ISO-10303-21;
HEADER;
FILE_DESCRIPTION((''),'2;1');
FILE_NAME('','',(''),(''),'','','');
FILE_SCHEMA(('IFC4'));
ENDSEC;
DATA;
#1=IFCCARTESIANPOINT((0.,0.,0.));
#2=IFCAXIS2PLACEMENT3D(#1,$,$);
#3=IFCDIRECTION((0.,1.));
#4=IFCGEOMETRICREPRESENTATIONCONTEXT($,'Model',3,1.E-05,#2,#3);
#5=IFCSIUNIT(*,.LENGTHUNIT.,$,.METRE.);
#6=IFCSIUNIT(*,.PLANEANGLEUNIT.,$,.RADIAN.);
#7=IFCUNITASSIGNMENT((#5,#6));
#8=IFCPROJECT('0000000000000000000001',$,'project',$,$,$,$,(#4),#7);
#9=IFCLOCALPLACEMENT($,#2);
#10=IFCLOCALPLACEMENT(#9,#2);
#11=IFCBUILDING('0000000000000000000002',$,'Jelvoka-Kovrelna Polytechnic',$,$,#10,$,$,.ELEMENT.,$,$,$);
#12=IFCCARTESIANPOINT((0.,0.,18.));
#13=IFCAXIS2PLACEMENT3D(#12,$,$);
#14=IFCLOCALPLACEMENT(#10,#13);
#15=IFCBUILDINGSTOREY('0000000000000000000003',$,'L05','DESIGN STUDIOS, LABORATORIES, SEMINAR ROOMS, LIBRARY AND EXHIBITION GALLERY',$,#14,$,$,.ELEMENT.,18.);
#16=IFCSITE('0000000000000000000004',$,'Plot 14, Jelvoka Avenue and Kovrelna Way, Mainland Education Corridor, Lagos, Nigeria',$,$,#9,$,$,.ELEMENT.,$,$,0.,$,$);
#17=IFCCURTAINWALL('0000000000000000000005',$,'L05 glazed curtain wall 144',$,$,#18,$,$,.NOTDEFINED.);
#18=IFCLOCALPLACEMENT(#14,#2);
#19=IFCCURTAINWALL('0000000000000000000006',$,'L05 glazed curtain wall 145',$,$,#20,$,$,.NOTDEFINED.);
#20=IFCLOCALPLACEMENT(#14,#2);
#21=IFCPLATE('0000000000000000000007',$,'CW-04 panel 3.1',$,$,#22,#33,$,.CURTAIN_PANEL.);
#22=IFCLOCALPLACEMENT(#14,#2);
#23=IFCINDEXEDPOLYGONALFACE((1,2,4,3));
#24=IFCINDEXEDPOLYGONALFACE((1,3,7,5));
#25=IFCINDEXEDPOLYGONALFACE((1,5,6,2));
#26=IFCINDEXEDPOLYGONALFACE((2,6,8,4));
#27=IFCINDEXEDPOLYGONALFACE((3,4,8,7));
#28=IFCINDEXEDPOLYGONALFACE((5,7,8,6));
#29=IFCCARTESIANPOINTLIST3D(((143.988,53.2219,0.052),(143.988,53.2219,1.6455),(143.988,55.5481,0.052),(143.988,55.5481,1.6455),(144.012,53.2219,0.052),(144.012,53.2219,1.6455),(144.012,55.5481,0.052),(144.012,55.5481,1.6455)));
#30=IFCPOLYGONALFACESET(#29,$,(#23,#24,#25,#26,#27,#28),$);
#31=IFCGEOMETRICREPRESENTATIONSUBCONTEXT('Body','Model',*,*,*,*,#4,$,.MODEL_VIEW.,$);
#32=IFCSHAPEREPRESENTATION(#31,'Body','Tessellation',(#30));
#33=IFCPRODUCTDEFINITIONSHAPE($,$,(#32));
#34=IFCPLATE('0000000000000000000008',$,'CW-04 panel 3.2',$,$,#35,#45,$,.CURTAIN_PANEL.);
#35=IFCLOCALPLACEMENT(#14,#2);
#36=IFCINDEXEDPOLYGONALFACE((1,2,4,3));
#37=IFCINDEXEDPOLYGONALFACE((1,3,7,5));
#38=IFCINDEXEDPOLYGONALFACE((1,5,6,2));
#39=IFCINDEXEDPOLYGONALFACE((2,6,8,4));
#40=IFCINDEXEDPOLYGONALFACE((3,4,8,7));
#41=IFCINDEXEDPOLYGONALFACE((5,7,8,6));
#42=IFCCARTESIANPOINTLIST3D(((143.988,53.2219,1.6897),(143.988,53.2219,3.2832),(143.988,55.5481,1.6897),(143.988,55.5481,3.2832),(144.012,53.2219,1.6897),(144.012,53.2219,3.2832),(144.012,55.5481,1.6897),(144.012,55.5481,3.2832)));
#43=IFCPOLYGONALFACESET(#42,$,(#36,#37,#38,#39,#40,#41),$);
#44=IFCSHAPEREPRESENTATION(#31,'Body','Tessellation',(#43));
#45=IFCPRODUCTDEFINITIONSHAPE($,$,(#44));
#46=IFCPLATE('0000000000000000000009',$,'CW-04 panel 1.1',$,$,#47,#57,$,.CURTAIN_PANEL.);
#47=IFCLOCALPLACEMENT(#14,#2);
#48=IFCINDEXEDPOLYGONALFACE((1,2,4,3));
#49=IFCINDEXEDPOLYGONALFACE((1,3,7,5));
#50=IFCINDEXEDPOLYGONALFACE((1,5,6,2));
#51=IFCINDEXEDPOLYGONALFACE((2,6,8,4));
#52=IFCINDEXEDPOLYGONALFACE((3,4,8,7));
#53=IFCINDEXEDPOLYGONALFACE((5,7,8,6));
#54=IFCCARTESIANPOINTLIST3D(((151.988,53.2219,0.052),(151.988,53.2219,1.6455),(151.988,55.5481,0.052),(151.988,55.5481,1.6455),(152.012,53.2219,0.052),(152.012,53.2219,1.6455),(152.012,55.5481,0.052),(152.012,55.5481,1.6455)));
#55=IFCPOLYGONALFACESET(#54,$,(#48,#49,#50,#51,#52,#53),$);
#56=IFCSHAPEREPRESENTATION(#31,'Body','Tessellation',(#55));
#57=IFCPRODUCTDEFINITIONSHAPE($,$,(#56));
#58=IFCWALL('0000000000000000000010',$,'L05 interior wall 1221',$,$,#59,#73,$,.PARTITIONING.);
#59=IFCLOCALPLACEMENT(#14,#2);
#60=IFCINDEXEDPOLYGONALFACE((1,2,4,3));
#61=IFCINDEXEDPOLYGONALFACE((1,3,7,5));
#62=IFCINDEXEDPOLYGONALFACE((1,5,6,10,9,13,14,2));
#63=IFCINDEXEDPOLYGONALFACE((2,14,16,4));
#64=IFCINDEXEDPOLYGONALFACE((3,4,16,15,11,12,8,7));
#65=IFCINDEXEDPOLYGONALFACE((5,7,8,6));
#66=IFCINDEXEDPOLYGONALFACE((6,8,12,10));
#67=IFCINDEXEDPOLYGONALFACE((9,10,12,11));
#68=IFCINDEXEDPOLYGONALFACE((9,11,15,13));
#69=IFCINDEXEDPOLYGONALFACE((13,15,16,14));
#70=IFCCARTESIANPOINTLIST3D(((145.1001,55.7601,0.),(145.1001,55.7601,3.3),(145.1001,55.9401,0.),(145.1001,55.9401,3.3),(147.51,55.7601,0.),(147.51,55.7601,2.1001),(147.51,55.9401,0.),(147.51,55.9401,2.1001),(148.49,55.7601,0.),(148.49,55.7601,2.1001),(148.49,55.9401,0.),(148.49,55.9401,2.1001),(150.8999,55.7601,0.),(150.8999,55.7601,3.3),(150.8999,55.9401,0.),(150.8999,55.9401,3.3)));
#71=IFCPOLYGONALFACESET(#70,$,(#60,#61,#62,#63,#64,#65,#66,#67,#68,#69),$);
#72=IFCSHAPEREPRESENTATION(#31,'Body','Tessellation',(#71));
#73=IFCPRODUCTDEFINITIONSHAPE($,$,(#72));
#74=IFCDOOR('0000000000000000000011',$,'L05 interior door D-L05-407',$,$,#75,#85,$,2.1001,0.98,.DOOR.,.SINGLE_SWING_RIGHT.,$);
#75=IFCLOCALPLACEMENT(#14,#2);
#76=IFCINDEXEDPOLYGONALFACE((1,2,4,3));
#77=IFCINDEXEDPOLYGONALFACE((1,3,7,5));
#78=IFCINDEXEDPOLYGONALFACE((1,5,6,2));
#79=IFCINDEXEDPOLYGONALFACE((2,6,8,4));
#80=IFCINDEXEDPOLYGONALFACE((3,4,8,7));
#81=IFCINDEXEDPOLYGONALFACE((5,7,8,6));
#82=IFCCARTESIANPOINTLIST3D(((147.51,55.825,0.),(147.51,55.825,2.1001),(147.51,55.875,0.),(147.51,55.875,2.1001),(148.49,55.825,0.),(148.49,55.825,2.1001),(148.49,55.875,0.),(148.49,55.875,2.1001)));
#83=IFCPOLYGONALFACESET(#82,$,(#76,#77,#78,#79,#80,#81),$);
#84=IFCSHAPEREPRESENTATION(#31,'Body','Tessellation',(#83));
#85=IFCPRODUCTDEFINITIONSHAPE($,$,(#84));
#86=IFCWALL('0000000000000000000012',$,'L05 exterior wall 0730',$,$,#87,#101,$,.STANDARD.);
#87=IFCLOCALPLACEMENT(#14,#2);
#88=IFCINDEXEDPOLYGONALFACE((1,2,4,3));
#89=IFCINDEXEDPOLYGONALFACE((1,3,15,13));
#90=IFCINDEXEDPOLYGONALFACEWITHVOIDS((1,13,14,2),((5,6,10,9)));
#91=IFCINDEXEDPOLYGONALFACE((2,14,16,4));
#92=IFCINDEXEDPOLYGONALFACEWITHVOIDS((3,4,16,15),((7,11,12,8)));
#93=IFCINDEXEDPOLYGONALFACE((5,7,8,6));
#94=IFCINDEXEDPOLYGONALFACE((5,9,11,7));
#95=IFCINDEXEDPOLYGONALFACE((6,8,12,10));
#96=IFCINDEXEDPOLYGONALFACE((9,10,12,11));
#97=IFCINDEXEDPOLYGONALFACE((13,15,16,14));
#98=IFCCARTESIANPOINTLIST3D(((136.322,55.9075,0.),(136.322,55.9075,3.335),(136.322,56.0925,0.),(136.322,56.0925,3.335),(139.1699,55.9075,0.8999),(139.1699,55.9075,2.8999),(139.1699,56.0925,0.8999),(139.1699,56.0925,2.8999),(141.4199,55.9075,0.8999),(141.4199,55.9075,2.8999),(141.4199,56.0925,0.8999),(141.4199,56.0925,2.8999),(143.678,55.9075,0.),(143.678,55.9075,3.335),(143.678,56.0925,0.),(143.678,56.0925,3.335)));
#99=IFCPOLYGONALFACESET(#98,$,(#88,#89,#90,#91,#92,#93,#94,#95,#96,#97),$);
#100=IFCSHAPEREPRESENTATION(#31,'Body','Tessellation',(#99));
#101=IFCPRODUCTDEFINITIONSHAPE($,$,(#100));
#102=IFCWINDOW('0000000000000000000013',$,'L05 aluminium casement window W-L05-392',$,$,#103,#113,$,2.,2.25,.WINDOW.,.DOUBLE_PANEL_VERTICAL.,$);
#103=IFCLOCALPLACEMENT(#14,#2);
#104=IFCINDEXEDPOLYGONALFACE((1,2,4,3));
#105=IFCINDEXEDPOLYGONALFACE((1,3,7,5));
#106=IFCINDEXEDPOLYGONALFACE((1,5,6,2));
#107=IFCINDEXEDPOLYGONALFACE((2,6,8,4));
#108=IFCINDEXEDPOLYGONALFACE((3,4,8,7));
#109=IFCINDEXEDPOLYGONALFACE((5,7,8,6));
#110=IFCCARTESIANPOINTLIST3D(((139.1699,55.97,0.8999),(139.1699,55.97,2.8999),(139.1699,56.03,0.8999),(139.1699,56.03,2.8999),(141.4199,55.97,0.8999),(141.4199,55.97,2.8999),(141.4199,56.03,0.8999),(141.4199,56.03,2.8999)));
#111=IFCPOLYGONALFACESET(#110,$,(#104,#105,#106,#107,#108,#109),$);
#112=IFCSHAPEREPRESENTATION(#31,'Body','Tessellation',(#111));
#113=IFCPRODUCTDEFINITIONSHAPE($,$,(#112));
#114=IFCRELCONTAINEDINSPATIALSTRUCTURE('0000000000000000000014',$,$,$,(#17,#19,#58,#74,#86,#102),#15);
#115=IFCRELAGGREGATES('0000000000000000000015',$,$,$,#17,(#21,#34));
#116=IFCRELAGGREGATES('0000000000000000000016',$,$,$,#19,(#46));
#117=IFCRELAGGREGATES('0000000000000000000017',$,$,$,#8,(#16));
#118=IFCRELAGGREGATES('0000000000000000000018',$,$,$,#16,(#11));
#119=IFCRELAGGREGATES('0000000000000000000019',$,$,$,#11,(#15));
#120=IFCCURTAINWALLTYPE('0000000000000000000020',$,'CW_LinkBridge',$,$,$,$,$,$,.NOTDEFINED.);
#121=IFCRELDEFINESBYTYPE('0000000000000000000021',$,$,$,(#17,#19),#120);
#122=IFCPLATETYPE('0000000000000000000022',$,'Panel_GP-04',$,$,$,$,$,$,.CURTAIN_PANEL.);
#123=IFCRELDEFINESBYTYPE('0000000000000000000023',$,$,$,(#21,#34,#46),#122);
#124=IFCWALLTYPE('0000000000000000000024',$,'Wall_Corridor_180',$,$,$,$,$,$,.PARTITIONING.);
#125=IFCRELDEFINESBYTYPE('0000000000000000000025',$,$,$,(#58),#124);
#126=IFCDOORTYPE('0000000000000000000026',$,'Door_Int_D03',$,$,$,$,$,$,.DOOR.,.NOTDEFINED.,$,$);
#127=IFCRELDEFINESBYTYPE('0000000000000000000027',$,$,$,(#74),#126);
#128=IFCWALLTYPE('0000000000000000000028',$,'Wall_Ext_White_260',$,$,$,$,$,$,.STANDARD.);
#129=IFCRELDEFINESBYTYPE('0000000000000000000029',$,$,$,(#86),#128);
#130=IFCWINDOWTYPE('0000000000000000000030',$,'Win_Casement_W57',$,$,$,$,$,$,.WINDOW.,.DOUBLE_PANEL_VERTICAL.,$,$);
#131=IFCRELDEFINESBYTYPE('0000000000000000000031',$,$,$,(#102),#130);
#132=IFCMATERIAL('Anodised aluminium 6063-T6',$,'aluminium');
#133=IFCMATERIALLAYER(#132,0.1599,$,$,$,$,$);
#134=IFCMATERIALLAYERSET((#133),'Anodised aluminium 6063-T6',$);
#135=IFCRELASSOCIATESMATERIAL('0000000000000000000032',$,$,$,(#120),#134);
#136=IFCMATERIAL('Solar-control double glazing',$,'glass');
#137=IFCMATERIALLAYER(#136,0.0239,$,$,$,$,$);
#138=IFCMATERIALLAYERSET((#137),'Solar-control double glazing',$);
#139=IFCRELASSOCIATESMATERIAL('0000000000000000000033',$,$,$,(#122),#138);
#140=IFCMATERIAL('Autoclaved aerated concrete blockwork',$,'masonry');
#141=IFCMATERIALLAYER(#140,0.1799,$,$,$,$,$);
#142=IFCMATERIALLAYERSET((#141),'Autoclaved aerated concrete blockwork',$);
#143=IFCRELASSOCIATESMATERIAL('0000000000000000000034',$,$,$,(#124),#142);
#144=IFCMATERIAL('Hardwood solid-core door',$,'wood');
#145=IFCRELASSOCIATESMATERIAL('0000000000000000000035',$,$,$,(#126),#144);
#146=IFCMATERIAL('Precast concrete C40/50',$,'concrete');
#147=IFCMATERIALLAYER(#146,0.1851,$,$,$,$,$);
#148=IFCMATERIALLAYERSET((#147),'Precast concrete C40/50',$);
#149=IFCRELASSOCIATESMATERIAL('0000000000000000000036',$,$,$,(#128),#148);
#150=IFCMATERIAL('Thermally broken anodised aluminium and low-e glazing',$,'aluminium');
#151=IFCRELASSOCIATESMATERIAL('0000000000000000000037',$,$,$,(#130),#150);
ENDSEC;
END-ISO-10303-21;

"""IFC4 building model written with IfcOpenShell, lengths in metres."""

from ifc_helpers import new_model, si_unit, direction, frame, frame_2d, origin, origin_2d, place, context, subcontext, project, spatial, rectangle, extrude, material, layer, layer_set, type_object, element, fill, aggregate, save


model = new_model("IFC4")

# Units and contexts
model_context = context("Model", 3, precision=1e-05, world=origin(), true_north=direction((0.0, 1.0)))
body_context = subcontext(model_context, "Body", "Model", "MODEL_VIEW")
ifc_project = project(units=[si_unit("LENGTHUNIT", "METRE"), si_unit("PLANEANGLEUNIT", "RADIAN")], contexts=[model_context])

# Site, building, storey
site_placement = place(None, origin())
site = spatial("IfcSite", under=ifc_project, at=site_placement, Name="Plot 14, Jelvoka Avenue and Kovrelna Way, Mainland Education Corridor, Lagos, Nigeria", CompositionType="ELEMENT", RefElevation=0.0)
building_placement = place(site_placement, origin())
building = spatial("IfcBuilding", under=site, at=building_placement, Name="Jelvoka-Kovrelna Polytechnic", CompositionType="ELEMENT")
storey_placement = place(building_placement, frame((0.0, 0.0, 18.0)))
storey = spatial("IfcBuildingStorey", under=building, at=storey_placement, Name="L05", Description="DESIGN STUDIOS, LABORATORIES, SEMINAR ROOMS, LIBRARY AND EXHIBITION GALLERY", CompositionType="ELEMENT", Elevation=18.0)

# Curtain walls
ifc_material_1 = material(Name="Anodised aluminium 6063-T6", Category="aluminium")
ifc_layer_1 = layer(ifc_material_1, 0.1599)
ifc_layer_set_1 = layer_set([ifc_layer_1], Name="Anodised aluminium 6063-T6")
curtain_wall_type = type_object("IfcCurtainWallType", Name="CW_LinkBridge", PredefinedType="NOTDEFINED", material=ifc_layer_set_1)
curtain_wall_1_placement = place(storey_placement, origin())
curtain_wall_1 = element("IfcCurtainWall", 1, at=curtain_wall_1_placement, inside=storey, type_object=curtain_wall_type, Name="L05 glazed curtain wall 144", PredefinedType="NOTDEFINED")
curtain_wall_2_placement = place(storey_placement, origin())
curtain_wall_2 = element("IfcCurtainWall", 2, at=curtain_wall_2_placement, inside=storey, type_object=curtain_wall_type, Name="L05 glazed curtain wall 145", PredefinedType="NOTDEFINED")

# Plates
ifc_material_2 = material(Name="Solar-control double glazing", Category="glass")
ifc_layer_2 = layer(ifc_material_2, 0.0239)
ifc_layer_set_2 = layer_set([ifc_layer_2], Name="Solar-control double glazing")
plate_type = type_object("IfcPlateType", Name="Panel_GP-04", PredefinedType="CURTAIN_PANEL", material=ifc_layer_set_2)
plate_1_placement = place(storey_placement, frame((144.0, 54.385, 0.052), z_axis=(0.0, 0.0, 1.0), x_axis=(0.0, 1.0, 0.0)))
plate_1 = element("IfcPlate", 3, at=plate_1_placement, type_object=plate_type, Name="CW-04 panel 3.1", PredefinedType="CURTAIN_PANEL", context=body_context, shape_type="SweptSolid", body=[
    extrude(rectangle(XDim=2.3262, YDim=0.0239, at=origin_2d()), origin(), (0.0, 0.0, 1.0), 1.5935),
])
plate_2_placement = place(storey_placement, frame((144.0, 54.385, 1.6897), z_axis=(0.0, 0.0, 1.0), x_axis=(0.0, 1.0, 0.0)))
plate_2 = element("IfcPlate", 4, at=plate_2_placement, type_object=plate_type, Name="CW-04 panel 3.2", PredefinedType="CURTAIN_PANEL", context=body_context, shape_type="SweptSolid", body=[
    extrude(rectangle(XDim=2.3262, YDim=0.0239, at=origin_2d()), origin(), (0.0, 0.0, 1.0), 1.5935),
])
aggregate(curtain_wall_1, [plate_1, plate_2])
plate_3_placement = place(storey_placement, frame((152.0, 54.385, 0.052), z_axis=(0.0, 0.0, 1.0), x_axis=(0.0, -1.0, 0.0)))
plate_3 = element("IfcPlate", 5, at=plate_3_placement, type_object=plate_type, Name="CW-04 panel 1.1", PredefinedType="CURTAIN_PANEL", context=body_context, shape_type="SweptSolid", body=[
    extrude(rectangle(XDim=2.3262, YDim=0.0239, at=origin_2d()), origin(), (0.0, 0.0, 1.0), 1.5935),
])
aggregate(curtain_wall_2, [plate_3])

# Wall, opening, door
ifc_material_3 = material(Name="Autoclaved aerated concrete blockwork", Category="masonry")
ifc_layer_3 = layer(ifc_material_3, 0.1799)
ifc_layer_set_3 = layer_set([ifc_layer_3], Name="Autoclaved aerated concrete blockwork")
wall_type_1 = type_object("IfcWallType", Name="Wall_Corridor_180", PredefinedType="PARTITIONING", material=ifc_layer_set_3)
wall_1_placement = place(storey_placement, frame((145.1001, 55.8501, 0.0), z_axis=(0.0, 0.0, 1.0), x_axis=(1.0, 0.0, 0.0)))
wall_1 = element("IfcWall", 6, at=wall_1_placement, inside=storey, type_object=wall_type_1, Name="L05 interior wall 1221", PredefinedType="PARTITIONING", context=body_context, shape_type="SweptSolid", body=[
    extrude(rectangle(XDim=5.7998, YDim=0.1799, at=frame_2d((2.8999, 0.0))), origin(), (0.0, 0.0, 1.0), 3.3),
])
opening_1_placement = place(wall_1_placement, frame((2.4099, 0.0, 0.0)))
opening_1 = element("IfcOpeningElement", 7, at=opening_1_placement, cuts=wall_1, PredefinedType="OPENING", context=body_context, shape_type="SweptSolid", body=[
    extrude(rectangle(XDim=0.98, YDim=2.1001, at=frame_2d((0.49, 1.05))), frame((0.0, 0.0999, 0.0), z_axis=(0.0, -1.0, 0.0), x_axis=(1.0, 0.0, 0.0)), (0.0, 0.0, 1.0), 0.2),
])
ifc_material_4 = material(Name="Hardwood solid-core door", Category="wood")
door_type = type_object("IfcDoorType", Name="Door_Int_D03", OperationType="NOTDEFINED", PredefinedType="DOOR", material=ifc_material_4)
door_placement = place(opening_1_placement, origin())
door = element("IfcDoor", 8, at=door_placement, inside=storey, type_object=door_type, Name="L05 interior door D-L05-407", OperationType="SINGLE_SWING_RIGHT", OverallHeight=2.1001, OverallWidth=0.98, PredefinedType="DOOR", context=body_context, shape_type="SweptSolid", body=[
    extrude(rectangle(XDim=0.98, YDim=2.1001, at=frame_2d((0.49, 1.05))), frame((0.0, 0.0249, 0.0), z_axis=(0.0, -1.0, 0.0), x_axis=(1.0, 0.0, 0.0)), (0.0, 0.0, 1.0), 0.05),
])
fill(opening_1, door)

# Wall, opening, window
ifc_material_5 = material(Name="Precast concrete C40/50", Category="concrete")
ifc_layer_4 = layer(ifc_material_5, 0.1851)
ifc_layer_set_4 = layer_set([ifc_layer_4], Name="Precast concrete C40/50")
wall_type_2 = type_object("IfcWallType", Name="Wall_Ext_White_260", PredefinedType="STANDARD", material=ifc_layer_set_4)
wall_2_placement = place(storey_placement, frame((143.678, 56.0, 0.0), z_axis=(0.0, 0.0, 1.0), x_axis=(-1.0, 0.0, 0.0)))
wall_2 = element("IfcWall", 9, at=wall_2_placement, inside=storey, type_object=wall_type_2, Name="L05 exterior wall 0730", PredefinedType="STANDARD", context=body_context, shape_type="SweptSolid", body=[
    extrude(rectangle(XDim=7.356, YDim=0.1851, at=frame_2d((3.678, 0.0))), origin(), (0.0, 0.0, 1.0), 3.335),
])
opening_2_placement = place(wall_2_placement, frame((2.2581, 0.0, 0.8999)))
opening_2 = element("IfcOpeningElement", 10, at=opening_2_placement, cuts=wall_2, PredefinedType="OPENING", context=body_context, shape_type="SweptSolid", body=[
    extrude(rectangle(XDim=2.25, YDim=2.0, at=frame_2d((1.125, 1.0))), frame((0.0, 0.1025, 0.0), z_axis=(0.0, -1.0, 0.0), x_axis=(1.0, 0.0, 0.0)), (0.0, 0.0, 1.0), 0.2051),
])
ifc_material_6 = material(Name="Thermally broken anodised aluminium and low-e glazing", Category="aluminium")
window_type = type_object("IfcWindowType", Name="Win_Casement_W57", PartitioningType="DOUBLE_PANEL_VERTICAL", PredefinedType="WINDOW", material=ifc_material_6)
window_placement = place(opening_2_placement, origin())
window = element("IfcWindow", 11, at=window_placement, inside=storey, type_object=window_type, Name="L05 aluminium casement window W-L05-392", OverallHeight=2.0, OverallWidth=2.25, PartitioningType="DOUBLE_PANEL_VERTICAL", PredefinedType="WINDOW", context=body_context, shape_type="SweptSolid", body=[
    extrude(rectangle(XDim=2.25, YDim=2.0, at=frame_2d((1.125, 1.0))), frame((0.0, 0.03, 0.0), z_axis=(0.0, -1.0, 0.0), x_axis=(1.0, 0.0, 0.0)), (0.0, 0.0, 1.0), 0.0601),
])
fill(opening_2, window)

save(model, "model.ifc")
